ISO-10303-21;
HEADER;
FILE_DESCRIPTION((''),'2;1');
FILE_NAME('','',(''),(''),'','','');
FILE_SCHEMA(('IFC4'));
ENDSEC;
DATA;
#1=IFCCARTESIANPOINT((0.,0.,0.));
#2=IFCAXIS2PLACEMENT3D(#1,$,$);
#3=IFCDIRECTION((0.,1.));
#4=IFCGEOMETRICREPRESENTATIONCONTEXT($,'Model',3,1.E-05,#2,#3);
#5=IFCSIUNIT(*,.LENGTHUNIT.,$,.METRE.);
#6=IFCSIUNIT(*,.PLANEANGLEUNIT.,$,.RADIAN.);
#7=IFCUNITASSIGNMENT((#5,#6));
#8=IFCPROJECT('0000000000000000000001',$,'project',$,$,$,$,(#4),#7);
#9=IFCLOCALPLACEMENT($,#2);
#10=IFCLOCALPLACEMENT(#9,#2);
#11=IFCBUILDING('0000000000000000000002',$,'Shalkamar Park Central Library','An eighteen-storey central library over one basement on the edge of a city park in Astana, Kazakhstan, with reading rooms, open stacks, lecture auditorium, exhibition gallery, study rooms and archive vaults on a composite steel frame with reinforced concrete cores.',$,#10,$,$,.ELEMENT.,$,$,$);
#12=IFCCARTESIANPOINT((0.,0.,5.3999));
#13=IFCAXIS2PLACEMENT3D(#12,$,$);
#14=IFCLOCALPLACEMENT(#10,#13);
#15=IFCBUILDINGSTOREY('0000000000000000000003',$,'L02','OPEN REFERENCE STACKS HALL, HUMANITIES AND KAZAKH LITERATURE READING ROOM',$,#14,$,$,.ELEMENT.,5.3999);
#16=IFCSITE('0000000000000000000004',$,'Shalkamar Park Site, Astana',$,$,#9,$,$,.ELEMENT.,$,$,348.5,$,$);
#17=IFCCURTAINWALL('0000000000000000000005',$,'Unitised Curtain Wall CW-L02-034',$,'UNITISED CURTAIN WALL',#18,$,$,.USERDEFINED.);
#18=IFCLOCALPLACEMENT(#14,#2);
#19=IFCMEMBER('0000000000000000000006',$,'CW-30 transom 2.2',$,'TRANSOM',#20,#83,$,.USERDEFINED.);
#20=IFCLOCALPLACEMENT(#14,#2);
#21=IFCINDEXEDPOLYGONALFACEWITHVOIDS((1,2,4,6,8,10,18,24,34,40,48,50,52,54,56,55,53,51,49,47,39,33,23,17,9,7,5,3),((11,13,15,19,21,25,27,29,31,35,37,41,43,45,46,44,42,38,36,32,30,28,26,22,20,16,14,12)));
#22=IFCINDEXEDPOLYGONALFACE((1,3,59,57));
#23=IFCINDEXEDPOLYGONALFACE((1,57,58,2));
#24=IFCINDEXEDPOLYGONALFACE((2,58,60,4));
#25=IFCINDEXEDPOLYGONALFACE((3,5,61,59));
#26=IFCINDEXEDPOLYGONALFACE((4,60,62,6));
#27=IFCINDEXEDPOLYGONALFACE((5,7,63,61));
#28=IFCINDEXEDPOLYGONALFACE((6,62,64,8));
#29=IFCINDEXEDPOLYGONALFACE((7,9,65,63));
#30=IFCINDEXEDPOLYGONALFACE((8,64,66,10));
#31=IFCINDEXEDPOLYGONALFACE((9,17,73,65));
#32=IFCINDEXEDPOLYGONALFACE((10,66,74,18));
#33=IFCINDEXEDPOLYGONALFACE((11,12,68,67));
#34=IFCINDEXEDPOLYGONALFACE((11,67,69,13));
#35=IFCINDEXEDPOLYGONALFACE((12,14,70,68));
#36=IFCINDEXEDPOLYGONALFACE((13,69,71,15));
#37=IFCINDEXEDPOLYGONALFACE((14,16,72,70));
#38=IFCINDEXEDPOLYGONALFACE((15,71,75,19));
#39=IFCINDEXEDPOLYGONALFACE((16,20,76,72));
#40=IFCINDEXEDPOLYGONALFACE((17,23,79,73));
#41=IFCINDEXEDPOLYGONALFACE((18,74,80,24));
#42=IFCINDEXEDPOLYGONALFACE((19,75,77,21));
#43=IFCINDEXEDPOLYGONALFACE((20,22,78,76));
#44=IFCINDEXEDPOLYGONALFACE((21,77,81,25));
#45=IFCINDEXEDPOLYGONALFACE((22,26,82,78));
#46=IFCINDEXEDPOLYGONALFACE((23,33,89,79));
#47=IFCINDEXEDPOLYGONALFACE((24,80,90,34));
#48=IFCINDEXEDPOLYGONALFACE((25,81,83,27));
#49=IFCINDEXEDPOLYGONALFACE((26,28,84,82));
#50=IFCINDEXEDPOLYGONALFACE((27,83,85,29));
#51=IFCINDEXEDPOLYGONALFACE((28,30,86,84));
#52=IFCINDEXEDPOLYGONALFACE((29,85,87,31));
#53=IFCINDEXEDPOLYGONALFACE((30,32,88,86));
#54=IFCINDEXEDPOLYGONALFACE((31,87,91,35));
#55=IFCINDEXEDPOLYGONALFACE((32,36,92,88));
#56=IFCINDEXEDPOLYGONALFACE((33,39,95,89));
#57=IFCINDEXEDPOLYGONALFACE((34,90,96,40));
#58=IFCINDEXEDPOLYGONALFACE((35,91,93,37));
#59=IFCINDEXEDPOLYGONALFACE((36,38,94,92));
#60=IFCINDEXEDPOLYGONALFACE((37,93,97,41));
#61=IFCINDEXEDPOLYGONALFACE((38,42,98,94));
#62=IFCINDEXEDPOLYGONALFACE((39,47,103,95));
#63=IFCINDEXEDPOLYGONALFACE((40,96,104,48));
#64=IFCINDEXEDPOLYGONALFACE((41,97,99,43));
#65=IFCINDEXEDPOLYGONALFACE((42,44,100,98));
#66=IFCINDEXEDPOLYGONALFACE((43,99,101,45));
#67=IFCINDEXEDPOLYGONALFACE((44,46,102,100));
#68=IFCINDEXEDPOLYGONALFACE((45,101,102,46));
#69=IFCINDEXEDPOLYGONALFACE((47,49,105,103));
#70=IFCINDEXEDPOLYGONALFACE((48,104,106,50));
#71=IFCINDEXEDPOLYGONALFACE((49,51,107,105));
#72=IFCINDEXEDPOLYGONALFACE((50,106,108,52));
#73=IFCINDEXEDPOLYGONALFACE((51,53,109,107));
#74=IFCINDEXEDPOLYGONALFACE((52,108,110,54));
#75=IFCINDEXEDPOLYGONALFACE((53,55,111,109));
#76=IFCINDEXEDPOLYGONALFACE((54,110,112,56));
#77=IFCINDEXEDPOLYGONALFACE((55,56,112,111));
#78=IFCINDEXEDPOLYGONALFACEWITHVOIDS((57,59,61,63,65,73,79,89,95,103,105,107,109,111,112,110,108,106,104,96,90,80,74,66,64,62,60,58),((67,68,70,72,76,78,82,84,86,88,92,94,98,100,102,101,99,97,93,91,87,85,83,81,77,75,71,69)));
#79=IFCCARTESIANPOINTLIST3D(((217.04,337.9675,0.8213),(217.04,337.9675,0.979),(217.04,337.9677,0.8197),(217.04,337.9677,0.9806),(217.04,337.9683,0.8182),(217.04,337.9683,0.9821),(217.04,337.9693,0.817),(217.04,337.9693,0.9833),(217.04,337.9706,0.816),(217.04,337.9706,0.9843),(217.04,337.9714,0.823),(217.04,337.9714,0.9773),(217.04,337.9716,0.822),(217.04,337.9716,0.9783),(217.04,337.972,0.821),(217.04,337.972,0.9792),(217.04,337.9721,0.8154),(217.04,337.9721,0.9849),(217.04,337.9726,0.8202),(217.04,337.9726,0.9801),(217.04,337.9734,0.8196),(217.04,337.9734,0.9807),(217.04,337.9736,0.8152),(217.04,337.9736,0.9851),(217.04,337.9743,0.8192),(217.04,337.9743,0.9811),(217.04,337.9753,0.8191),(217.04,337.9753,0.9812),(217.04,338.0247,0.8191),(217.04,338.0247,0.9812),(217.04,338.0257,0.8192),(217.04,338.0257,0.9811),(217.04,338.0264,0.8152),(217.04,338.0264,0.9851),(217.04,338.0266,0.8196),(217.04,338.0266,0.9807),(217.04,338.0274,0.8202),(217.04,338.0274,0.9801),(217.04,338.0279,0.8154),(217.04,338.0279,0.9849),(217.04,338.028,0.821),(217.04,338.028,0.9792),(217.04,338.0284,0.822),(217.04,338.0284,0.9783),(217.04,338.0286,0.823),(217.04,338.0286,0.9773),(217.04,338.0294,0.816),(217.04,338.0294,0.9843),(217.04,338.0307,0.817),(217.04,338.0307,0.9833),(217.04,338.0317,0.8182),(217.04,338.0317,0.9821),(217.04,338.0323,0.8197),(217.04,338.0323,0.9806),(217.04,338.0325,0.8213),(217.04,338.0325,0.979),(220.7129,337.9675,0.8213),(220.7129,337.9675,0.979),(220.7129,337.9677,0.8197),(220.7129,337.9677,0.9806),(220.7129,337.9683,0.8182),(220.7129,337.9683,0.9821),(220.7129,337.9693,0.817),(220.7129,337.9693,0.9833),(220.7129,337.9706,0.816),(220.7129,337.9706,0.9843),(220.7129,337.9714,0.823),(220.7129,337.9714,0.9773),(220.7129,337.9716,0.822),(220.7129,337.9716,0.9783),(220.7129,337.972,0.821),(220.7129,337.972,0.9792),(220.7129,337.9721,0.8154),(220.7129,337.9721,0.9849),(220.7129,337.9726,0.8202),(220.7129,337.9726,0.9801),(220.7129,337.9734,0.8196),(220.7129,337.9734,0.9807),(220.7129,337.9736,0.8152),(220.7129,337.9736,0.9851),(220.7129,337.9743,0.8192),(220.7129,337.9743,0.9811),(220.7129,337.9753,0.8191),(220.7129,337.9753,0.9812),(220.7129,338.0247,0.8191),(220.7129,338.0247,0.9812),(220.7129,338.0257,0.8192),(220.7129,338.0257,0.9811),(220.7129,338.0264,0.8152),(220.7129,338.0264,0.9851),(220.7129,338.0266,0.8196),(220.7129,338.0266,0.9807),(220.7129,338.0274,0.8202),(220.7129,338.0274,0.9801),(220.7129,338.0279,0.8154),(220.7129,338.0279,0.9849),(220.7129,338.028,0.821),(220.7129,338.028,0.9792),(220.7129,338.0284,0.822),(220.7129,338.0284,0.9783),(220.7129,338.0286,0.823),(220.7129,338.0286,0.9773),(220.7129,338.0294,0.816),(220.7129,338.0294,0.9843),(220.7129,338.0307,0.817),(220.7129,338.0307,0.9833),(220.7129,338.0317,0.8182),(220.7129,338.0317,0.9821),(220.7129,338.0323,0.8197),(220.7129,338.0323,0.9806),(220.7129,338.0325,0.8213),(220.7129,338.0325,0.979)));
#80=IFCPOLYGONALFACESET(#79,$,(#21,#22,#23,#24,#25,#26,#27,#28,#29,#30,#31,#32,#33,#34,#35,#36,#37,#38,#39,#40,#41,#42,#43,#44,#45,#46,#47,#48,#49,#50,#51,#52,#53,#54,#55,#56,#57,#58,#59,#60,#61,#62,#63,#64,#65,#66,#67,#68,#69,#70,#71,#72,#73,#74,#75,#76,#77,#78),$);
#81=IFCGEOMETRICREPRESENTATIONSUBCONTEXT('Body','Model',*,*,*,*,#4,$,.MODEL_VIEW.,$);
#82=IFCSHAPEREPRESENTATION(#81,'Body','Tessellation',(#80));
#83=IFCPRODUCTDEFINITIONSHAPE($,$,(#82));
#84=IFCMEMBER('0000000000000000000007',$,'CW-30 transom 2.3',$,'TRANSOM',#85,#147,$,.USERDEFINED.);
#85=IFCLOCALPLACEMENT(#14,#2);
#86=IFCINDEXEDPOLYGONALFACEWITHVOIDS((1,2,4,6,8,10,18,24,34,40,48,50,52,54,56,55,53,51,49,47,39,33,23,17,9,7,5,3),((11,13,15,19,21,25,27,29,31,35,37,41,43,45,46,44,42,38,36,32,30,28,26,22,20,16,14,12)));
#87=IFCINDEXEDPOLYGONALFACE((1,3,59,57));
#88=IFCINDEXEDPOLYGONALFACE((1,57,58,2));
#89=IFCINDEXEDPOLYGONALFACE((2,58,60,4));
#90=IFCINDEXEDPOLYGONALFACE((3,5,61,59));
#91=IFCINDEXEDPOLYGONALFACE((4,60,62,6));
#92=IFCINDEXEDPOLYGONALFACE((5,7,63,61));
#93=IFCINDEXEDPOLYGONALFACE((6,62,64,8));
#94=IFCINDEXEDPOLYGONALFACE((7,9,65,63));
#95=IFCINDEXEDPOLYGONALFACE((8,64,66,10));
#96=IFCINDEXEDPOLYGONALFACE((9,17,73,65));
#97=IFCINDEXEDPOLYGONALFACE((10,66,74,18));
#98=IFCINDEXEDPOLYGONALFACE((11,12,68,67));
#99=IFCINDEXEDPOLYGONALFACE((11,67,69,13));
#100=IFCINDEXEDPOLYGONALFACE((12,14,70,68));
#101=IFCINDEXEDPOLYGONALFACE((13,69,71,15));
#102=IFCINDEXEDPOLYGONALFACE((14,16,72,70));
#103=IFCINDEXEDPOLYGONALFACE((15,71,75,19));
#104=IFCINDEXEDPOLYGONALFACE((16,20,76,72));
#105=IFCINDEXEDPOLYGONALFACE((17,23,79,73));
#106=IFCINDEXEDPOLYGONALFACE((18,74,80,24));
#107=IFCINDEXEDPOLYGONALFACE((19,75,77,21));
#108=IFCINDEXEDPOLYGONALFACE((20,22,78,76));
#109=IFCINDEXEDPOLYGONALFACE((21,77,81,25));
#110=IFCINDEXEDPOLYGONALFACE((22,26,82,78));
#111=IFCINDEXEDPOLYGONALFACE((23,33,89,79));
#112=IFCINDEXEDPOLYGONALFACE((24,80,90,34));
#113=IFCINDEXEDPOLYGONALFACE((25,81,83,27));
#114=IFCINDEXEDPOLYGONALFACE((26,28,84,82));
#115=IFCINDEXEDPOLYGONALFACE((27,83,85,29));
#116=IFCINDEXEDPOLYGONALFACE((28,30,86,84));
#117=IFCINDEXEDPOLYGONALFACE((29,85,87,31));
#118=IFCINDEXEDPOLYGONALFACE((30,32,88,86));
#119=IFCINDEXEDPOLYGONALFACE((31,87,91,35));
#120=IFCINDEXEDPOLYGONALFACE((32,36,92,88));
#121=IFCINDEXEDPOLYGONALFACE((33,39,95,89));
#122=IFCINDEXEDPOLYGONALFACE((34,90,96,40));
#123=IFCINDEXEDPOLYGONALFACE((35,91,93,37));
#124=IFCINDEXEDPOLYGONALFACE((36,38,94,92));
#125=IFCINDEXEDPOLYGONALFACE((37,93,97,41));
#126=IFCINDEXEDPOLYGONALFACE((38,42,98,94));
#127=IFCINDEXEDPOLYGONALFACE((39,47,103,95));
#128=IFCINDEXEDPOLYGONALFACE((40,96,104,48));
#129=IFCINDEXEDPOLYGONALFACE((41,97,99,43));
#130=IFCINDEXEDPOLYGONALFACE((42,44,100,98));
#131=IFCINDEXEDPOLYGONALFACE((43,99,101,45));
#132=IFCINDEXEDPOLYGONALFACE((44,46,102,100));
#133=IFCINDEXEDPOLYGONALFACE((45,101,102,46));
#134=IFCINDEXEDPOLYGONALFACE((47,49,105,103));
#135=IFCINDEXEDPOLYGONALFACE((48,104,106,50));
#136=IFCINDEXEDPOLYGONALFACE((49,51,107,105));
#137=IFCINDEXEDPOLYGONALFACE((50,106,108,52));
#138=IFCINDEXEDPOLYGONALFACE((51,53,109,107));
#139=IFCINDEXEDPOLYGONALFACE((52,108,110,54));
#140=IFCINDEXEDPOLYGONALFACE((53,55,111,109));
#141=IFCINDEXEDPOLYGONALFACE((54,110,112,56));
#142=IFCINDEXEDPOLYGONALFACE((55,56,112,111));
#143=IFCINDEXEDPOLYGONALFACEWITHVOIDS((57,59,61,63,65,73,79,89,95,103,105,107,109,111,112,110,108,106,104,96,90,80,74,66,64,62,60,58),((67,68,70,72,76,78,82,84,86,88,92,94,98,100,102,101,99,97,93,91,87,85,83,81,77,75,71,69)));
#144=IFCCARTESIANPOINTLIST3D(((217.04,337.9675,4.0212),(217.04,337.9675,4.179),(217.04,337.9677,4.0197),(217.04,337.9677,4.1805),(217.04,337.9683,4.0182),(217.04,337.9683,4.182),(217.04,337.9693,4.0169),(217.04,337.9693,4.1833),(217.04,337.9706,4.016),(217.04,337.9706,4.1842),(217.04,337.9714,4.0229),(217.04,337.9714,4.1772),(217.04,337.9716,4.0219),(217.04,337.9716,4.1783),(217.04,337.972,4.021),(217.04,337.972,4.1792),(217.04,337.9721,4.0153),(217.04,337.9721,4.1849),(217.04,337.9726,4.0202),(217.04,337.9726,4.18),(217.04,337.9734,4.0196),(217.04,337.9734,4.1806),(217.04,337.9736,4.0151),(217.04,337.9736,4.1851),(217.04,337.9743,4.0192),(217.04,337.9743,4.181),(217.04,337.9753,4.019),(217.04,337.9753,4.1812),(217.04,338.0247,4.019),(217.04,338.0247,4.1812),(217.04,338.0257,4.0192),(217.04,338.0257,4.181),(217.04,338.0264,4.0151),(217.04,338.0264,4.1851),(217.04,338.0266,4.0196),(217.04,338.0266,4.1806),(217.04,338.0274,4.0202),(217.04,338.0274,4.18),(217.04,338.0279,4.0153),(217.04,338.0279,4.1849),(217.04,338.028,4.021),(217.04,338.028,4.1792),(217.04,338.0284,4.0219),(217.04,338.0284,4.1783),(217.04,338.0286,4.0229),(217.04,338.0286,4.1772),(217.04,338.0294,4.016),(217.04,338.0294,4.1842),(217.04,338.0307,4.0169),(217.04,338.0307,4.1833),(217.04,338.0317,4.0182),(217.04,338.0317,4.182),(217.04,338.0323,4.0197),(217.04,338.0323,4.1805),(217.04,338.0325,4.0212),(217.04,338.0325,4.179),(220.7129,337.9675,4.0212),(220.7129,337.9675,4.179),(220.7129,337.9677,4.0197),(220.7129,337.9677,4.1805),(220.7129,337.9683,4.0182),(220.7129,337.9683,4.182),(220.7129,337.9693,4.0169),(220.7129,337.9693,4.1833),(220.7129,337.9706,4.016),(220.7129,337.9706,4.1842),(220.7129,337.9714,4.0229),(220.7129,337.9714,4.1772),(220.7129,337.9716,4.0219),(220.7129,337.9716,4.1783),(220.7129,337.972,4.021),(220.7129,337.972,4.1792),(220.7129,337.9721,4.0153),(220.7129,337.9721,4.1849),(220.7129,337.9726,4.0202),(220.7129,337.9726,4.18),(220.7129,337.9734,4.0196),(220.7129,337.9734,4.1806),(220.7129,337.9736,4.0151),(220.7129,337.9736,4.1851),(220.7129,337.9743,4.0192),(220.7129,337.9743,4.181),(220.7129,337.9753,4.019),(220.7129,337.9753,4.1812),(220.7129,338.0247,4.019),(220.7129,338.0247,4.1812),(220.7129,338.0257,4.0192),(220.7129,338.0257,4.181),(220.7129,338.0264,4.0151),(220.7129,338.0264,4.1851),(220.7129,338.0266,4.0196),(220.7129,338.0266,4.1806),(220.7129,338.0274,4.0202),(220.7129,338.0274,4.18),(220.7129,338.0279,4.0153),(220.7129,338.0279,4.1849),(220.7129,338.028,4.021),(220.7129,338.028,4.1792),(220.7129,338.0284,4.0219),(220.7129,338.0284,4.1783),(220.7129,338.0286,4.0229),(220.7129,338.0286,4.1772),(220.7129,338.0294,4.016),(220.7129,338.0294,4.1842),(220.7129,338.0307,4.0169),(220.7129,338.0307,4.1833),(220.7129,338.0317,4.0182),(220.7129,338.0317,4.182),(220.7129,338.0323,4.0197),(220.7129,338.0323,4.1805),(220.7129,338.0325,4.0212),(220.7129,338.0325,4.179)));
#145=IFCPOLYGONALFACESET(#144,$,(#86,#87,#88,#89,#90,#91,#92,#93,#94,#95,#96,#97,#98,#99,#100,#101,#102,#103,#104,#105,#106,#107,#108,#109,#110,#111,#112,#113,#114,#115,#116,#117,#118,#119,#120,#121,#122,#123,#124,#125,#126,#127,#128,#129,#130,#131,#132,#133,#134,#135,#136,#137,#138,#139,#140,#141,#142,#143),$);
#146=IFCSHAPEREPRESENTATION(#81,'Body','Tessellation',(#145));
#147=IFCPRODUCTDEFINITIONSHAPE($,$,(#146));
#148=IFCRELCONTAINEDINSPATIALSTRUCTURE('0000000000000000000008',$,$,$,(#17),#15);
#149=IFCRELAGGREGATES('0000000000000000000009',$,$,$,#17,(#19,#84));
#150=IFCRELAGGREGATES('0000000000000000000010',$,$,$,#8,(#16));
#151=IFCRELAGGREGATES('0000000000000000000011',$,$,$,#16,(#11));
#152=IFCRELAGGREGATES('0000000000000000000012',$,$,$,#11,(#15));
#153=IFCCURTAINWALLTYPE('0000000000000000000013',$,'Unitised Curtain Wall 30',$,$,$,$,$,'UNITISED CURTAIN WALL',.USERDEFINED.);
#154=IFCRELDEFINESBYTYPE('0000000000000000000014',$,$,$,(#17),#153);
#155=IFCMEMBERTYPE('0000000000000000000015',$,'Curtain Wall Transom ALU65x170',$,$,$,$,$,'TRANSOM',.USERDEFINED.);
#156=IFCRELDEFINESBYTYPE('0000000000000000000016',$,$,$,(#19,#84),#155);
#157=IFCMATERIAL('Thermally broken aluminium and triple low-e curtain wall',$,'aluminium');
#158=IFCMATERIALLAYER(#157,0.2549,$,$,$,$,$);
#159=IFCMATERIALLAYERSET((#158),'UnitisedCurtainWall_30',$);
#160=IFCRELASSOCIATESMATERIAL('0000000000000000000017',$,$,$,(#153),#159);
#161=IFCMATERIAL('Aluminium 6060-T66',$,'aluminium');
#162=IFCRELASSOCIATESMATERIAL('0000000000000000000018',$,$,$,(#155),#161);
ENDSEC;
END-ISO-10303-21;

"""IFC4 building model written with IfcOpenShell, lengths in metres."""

from ifc_helpers import new_model, si_unit, direction, frame, origin, origin_2d, place, context, subcontext, project, spatial, hollow_rectangle, extrude, material, layer, layer_set, material_profile, profile_set, type_object, element, aggregate, save


model = new_model("IFC4")

# Units and contexts
model_context = context("Model", 3, precision=1e-05, world=origin(), true_north=direction((0.0, 1.0)))
body_context = subcontext(model_context, "Body", "Model", "MODEL_VIEW")
ifc_project = project(units=[si_unit("LENGTHUNIT", "METRE"), si_unit("PLANEANGLEUNIT", "RADIAN")], contexts=[model_context])

# Site, building, storey
site_placement = place(None, origin())
site = spatial("IfcSite", under=ifc_project, at=site_placement, Name="Shalkamar Park Site, Astana", CompositionType="ELEMENT", RefElevation=348.5)
building_placement = place(site_placement, origin())
building = spatial("IfcBuilding", under=site, at=building_placement, Name="Shalkamar Park Central Library", Description="An eighteen-storey central library over one basement on the edge of a city park in Astana, Kazakhstan, with reading rooms, open stacks, lecture auditorium, exhibition gallery, study rooms and archive vaults on a composite steel frame with reinforced concrete cores.", CompositionType="ELEMENT")
storey_placement = place(building_placement, frame((0.0, 0.0, 5.3999)))
storey = spatial("IfcBuildingStorey", under=building, at=storey_placement, Name="L02", Description="OPEN REFERENCE STACKS HALL, HUMANITIES AND KAZAKH LITERATURE READING ROOM", CompositionType="ELEMENT", Elevation=5.3999)

# Shared definitions
ifc_material_1 = material(Name="Thermally broken aluminium and triple low-e curtain wall", Category="aluminium")
ifc_material_2 = material(Name="Aluminium 6060-T66", Category="aluminium")

# Curtain wall
ifc_layer_1 = layer(ifc_material_1, 0.2549)
ifc_layer_set_1 = layer_set([ifc_layer_1], Name="UnitisedCurtainWall_30")
curtain_wall_type_1 = type_object("IfcCurtainWallType", Name="Unitised Curtain Wall 30", ElementType="UNITISED CURTAIN WALL", PredefinedType="USERDEFINED", material=ifc_layer_set_1)
curtain_wall_1_placement = place(storey_placement, origin())
curtain_wall_1 = element("IfcCurtainWall", 1, at=curtain_wall_1_placement, inside=storey, type_object=curtain_wall_type_1, Name="Unitised Curtain Wall CW-L02-034", ObjectType="UNITISED CURTAIN WALL", PredefinedType="USERDEFINED")

# Members
ifc_material_profile_1 = material_profile(ifc_material_2, hollow_rectangle(XDim=0.0649, YDim=0.1699, WallThickness=0.0039, InnerFilletRadius=0.0039, OuterFilletRadius=0.0061, at=origin_2d()), Name="ALU 65x170x4")
ifc_profile_set_1 = profile_set([ifc_material_profile_1], Name="Aluminium 6060-T66")
member_type_1 = type_object("IfcMemberType", Name="Curtain Wall Transom ALU65x170", ElementType="TRANSOM", PredefinedType="USERDEFINED", material=ifc_profile_set_1)
member_1_placement = place(storey_placement, frame((217.04, 338.0, 0.9001), z_axis=(1.0, 0.0, 0.0), x_axis=(0.0, 1.0, 0.0)))
member_1 = element("IfcMember", 2, at=member_1_placement, type_object=member_type_1, Name="CW-30 transom 2.2", ObjectType="TRANSOM", PredefinedType="USERDEFINED", context=body_context, shape_type="SweptSolid", body=[
    extrude(hollow_rectangle(XDim=0.0649, YDim=0.1699, WallThickness=0.0039, InnerFilletRadius=0.0039, OuterFilletRadius=0.0061, at=origin_2d()), origin(), (0.0, 0.0, 1.0), 3.6729),
])
member_2_placement = place(storey_placement, frame((217.04, 338.0, 4.1001), z_axis=(1.0, 0.0, 0.0), x_axis=(0.0, 1.0, 0.0)))
member_2 = element("IfcMember", 3, at=member_2_placement, type_object=member_type_1, Name="CW-30 transom 2.3", ObjectType="TRANSOM", PredefinedType="USERDEFINED", context=body_context, shape_type="SweptSolid", body=[
    extrude(hollow_rectangle(XDim=0.0649, YDim=0.1699, WallThickness=0.0039, InnerFilletRadius=0.0039, OuterFilletRadius=0.0061, at=origin_2d()), origin(), (0.0, 0.0, 1.0), 3.6729),
])

aggregate(curtain_wall_1, [member_1, member_2])

save(model, "model.ifc")
